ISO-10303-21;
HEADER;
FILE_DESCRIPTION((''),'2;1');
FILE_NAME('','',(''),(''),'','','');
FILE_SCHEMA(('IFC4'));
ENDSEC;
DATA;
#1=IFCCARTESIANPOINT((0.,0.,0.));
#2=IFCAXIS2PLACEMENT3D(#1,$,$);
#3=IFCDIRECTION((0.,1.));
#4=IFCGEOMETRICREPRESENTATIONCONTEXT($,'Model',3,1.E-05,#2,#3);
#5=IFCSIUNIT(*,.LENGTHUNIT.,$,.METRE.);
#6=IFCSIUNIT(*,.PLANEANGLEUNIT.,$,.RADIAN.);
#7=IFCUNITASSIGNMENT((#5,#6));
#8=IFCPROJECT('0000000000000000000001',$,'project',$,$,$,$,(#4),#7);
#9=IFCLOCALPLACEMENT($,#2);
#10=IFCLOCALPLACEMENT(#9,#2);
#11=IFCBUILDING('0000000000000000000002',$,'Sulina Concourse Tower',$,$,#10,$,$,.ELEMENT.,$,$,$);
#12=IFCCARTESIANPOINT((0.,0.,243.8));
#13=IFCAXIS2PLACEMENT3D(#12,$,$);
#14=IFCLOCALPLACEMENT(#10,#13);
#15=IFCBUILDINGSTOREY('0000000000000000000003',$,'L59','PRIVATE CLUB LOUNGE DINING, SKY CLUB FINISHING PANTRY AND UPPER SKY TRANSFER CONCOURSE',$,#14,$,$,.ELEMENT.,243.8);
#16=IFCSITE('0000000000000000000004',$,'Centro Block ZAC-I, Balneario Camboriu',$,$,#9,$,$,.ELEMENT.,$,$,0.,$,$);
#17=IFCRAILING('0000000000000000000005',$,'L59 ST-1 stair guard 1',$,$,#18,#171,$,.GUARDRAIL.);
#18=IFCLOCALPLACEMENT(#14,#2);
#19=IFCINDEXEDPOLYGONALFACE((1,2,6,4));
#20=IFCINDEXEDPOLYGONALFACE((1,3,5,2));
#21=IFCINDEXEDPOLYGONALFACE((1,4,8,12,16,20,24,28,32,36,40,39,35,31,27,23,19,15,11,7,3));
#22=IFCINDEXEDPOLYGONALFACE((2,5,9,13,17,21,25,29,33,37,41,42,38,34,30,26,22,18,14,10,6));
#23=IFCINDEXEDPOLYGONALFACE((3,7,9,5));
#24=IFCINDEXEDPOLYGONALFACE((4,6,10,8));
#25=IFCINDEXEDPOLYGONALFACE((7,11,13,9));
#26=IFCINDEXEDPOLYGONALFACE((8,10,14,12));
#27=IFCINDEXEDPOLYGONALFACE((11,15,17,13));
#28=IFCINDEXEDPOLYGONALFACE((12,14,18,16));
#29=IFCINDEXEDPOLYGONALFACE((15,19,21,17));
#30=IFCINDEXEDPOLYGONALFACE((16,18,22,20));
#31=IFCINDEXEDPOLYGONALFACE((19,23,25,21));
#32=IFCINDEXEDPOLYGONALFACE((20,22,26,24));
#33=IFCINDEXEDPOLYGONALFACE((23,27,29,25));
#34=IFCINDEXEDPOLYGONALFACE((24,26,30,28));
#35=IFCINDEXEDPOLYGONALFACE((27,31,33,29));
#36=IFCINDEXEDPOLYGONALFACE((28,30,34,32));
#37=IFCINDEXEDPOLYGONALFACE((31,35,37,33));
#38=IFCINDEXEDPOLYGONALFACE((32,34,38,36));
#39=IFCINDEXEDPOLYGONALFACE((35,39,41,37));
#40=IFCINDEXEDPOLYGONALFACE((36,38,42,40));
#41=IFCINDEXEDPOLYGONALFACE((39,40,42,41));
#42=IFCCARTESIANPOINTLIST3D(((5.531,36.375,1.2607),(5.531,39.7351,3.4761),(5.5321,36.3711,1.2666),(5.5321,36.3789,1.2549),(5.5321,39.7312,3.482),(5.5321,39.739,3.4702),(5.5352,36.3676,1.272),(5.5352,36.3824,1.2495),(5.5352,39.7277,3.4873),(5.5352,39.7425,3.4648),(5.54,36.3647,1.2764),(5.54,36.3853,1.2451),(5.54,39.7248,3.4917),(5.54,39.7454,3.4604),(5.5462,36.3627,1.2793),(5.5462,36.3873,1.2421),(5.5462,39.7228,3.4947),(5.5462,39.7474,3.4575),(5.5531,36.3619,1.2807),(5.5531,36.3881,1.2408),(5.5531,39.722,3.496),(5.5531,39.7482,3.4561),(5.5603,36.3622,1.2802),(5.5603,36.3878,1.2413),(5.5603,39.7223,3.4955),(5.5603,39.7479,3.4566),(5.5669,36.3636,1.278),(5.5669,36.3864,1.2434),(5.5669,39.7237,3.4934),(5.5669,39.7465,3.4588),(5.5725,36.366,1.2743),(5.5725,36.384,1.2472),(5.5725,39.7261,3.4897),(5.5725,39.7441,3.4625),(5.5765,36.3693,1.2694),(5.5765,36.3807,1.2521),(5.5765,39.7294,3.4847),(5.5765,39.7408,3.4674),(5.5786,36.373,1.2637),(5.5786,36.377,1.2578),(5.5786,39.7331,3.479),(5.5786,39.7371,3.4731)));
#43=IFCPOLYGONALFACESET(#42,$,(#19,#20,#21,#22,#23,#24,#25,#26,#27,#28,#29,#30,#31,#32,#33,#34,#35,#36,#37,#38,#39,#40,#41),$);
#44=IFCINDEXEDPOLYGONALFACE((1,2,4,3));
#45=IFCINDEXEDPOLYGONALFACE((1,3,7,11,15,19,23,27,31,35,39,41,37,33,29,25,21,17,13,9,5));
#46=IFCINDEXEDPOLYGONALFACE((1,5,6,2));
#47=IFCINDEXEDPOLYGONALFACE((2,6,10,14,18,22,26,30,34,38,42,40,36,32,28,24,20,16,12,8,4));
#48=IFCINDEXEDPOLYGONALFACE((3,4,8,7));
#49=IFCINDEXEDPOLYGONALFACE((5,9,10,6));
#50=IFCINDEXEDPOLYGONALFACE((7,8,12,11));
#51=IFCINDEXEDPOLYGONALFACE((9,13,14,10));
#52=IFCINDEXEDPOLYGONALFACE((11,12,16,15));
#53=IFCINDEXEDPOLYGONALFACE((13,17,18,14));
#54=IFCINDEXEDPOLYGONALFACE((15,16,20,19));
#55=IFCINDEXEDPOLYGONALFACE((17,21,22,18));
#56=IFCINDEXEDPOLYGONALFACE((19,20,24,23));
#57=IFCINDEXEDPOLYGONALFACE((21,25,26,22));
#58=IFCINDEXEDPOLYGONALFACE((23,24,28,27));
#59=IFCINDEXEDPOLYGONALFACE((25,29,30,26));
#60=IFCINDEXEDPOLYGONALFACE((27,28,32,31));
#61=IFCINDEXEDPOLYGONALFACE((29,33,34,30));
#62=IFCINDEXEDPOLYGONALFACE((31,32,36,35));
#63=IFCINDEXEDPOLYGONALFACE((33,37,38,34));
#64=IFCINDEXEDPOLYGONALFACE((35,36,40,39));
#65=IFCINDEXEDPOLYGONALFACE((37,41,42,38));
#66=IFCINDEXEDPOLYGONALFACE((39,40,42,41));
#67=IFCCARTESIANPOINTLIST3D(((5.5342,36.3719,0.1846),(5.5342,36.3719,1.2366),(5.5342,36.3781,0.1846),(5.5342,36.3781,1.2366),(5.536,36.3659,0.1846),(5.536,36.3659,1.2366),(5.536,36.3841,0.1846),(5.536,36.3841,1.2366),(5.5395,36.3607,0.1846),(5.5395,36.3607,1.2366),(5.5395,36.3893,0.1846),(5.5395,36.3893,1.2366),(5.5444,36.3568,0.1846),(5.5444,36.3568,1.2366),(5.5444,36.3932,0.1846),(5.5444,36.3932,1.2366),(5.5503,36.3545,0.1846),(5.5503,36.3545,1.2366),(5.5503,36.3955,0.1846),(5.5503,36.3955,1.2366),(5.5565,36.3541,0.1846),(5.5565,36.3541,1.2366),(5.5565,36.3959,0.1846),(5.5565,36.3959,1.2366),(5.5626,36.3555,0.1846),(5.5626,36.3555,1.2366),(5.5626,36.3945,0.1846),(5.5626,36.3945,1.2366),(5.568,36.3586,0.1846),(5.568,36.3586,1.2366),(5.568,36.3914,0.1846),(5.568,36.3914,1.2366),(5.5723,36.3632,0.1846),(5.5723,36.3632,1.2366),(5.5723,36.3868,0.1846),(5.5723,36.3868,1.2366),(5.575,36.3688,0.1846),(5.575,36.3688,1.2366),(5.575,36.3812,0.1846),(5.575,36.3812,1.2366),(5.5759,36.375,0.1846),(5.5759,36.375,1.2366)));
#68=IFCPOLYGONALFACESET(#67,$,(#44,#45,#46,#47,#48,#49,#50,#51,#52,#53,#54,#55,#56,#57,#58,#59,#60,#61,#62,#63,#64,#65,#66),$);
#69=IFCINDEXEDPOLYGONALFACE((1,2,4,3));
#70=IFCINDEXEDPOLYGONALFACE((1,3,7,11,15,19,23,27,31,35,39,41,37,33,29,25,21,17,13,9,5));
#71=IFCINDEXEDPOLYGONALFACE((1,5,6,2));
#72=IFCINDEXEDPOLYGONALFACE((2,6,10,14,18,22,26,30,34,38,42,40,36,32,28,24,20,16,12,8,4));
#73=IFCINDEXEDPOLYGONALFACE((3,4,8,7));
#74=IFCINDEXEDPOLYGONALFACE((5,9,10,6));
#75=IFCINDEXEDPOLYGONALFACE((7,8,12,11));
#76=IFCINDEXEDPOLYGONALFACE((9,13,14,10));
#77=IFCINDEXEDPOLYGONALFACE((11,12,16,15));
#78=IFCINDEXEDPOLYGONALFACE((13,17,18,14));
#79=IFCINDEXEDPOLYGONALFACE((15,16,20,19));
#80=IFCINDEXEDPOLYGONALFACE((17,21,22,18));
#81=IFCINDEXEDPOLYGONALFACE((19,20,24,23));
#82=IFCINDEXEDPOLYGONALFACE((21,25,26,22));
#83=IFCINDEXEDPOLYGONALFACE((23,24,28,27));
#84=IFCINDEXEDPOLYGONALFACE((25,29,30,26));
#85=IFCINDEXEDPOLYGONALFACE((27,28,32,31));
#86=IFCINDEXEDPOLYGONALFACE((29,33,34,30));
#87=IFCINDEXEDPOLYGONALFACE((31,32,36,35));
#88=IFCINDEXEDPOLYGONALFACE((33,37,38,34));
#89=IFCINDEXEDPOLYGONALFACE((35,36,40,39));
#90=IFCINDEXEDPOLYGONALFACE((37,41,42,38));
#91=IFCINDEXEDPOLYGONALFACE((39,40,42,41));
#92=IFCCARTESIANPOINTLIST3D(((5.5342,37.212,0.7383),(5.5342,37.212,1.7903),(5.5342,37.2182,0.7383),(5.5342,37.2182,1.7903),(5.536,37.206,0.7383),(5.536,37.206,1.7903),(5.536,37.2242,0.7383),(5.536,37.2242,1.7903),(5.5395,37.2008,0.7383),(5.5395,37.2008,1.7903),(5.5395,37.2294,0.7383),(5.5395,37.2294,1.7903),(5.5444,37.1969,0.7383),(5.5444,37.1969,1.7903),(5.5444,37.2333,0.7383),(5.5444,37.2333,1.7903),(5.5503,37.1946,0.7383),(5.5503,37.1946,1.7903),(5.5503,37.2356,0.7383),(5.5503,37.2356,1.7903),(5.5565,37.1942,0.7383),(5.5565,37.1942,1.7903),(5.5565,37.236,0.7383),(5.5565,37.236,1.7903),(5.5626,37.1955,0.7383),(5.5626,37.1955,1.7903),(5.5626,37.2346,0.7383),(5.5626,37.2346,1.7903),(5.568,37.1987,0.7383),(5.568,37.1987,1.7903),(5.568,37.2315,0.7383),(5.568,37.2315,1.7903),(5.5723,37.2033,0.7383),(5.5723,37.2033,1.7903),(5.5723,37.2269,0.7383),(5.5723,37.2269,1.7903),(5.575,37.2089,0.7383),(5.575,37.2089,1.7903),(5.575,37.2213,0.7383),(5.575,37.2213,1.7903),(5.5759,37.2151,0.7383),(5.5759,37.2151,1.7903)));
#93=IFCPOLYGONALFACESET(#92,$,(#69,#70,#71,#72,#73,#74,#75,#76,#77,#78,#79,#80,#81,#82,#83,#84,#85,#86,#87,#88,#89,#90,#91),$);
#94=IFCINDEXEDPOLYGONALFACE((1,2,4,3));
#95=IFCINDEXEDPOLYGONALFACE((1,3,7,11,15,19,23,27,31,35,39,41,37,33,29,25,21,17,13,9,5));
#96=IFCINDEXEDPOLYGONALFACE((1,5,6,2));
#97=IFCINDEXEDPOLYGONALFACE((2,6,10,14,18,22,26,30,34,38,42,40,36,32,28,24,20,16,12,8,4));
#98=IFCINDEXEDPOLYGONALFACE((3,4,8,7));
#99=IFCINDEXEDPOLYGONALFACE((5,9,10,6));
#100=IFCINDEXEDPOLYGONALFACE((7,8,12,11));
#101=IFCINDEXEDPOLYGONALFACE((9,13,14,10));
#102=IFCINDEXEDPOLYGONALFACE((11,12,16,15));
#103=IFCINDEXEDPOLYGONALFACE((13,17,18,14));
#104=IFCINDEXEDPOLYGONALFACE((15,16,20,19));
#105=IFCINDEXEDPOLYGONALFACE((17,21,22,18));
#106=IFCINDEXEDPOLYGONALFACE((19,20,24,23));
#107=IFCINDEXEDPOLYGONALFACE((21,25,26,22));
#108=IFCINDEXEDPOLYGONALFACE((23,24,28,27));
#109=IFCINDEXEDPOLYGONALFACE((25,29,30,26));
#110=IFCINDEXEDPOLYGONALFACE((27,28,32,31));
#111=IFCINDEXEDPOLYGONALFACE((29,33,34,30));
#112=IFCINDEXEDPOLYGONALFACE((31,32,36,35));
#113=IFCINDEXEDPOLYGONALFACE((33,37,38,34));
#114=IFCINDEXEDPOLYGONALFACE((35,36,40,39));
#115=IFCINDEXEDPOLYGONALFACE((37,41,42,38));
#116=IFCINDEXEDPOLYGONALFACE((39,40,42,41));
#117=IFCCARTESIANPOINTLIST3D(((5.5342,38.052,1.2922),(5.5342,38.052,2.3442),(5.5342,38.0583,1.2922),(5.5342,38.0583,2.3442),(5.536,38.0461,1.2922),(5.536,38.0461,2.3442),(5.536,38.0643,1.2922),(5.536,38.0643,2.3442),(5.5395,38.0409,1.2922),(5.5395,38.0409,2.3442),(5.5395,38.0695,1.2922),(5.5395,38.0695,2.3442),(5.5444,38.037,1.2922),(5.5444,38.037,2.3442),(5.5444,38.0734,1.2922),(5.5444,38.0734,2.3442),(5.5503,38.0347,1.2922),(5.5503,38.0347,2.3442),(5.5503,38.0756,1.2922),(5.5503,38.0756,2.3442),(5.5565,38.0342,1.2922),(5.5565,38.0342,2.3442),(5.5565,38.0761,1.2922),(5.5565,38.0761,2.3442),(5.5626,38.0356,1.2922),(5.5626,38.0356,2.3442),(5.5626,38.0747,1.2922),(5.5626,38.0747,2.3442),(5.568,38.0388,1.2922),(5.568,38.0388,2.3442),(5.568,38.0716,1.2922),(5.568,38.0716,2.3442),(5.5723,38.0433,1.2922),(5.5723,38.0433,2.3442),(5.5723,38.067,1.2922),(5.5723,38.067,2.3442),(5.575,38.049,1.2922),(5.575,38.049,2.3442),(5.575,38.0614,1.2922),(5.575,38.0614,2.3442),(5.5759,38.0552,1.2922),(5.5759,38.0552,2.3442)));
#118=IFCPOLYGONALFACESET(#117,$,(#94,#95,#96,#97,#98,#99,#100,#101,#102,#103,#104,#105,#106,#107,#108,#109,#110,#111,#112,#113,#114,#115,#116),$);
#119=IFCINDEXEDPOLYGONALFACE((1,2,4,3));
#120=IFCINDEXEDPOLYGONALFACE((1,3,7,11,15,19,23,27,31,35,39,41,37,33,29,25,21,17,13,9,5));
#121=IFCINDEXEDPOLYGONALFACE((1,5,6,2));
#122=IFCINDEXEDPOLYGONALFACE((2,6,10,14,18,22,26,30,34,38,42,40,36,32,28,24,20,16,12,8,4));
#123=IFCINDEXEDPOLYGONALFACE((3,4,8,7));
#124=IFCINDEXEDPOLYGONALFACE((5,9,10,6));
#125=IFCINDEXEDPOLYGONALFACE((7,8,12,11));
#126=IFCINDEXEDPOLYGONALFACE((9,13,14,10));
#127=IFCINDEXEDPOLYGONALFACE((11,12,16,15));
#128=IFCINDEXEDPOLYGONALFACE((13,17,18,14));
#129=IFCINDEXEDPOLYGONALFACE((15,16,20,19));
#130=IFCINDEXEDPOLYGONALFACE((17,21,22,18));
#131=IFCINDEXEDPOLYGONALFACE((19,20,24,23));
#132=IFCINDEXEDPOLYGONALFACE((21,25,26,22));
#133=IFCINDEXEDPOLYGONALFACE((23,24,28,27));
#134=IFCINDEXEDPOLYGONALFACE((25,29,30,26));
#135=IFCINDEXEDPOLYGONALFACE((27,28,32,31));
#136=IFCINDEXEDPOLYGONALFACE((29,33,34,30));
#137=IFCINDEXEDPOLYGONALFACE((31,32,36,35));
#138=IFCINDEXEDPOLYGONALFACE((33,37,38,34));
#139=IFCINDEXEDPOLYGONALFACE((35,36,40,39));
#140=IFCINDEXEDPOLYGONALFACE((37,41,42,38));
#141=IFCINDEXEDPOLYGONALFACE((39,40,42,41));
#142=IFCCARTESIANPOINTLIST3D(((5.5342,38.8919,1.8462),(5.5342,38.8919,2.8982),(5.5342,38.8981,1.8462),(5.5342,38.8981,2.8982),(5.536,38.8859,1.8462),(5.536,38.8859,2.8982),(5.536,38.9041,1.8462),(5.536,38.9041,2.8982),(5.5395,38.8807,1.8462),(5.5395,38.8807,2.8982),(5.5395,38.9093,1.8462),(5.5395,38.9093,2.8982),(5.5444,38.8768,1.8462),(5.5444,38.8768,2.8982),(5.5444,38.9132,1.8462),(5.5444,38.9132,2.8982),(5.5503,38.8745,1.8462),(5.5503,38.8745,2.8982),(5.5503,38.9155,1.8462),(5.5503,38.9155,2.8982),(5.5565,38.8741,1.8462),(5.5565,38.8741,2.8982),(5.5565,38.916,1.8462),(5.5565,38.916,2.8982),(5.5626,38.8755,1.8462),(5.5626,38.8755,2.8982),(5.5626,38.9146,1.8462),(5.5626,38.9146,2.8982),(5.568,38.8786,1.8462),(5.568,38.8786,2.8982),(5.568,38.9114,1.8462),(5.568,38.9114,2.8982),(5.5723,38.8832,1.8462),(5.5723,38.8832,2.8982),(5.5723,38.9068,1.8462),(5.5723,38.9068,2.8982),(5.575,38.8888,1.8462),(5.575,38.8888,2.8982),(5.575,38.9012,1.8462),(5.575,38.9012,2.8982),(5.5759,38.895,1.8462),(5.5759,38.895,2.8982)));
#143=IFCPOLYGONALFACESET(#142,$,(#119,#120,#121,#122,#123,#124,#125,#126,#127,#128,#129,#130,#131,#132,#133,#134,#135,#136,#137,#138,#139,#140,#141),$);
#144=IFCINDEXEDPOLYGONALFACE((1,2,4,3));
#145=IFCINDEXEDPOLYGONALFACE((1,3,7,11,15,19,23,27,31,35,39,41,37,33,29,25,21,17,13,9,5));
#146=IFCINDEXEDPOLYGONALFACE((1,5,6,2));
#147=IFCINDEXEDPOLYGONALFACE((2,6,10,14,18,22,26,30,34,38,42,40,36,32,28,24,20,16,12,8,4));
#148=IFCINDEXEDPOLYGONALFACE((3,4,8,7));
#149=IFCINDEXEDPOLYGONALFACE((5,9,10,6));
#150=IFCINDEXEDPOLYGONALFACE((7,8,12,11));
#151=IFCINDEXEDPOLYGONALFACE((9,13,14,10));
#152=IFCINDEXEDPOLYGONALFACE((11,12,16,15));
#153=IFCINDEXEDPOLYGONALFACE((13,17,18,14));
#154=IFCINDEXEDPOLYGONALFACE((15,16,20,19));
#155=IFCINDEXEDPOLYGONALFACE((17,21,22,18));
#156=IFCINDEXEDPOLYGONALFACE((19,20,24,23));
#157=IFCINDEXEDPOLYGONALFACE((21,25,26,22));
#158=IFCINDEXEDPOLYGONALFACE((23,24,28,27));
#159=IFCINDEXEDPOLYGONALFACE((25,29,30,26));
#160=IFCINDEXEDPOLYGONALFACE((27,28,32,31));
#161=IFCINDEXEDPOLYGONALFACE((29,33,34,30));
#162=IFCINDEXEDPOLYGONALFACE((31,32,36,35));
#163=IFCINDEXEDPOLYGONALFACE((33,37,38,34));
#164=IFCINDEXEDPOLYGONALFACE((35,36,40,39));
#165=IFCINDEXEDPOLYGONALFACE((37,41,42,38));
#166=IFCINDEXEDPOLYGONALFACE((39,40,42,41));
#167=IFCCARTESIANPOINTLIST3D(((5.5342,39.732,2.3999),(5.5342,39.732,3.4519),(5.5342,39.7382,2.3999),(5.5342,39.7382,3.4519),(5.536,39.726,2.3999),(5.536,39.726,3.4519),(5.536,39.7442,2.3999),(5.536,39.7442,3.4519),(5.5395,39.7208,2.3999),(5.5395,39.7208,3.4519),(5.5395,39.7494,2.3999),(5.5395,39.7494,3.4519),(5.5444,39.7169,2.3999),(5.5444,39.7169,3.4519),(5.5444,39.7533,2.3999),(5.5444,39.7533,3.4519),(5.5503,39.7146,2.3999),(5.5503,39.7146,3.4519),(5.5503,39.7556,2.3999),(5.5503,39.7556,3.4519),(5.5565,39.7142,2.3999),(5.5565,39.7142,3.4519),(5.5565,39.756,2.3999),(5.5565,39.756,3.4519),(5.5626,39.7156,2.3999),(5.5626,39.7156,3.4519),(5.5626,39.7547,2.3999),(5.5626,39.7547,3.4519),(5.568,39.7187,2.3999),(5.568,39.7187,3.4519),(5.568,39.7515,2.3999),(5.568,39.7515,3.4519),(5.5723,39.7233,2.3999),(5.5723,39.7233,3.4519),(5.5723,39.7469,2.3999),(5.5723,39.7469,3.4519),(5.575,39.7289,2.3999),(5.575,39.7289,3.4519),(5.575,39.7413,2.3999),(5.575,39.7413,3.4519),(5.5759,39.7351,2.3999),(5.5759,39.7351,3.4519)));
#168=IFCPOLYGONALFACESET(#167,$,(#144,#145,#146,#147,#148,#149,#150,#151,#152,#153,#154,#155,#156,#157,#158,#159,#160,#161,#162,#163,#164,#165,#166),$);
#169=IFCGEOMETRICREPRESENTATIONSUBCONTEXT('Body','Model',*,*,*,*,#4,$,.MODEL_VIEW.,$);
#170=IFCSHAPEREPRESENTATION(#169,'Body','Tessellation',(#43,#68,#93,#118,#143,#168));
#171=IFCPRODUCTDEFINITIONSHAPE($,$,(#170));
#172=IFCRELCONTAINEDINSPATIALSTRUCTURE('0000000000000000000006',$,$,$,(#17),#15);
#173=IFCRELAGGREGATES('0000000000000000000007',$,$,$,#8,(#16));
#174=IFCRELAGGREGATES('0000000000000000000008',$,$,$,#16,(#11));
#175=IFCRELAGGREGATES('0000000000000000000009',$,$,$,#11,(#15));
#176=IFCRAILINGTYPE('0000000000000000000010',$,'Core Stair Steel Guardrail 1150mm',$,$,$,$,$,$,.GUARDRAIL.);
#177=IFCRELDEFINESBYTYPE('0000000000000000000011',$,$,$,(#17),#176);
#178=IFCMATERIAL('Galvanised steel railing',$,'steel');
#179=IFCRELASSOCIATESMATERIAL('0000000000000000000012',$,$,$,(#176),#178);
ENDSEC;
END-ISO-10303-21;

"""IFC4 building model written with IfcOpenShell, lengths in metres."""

from ifc_helpers import new_model, si_unit, direction, frame, origin, origin_2d, place, context, subcontext, project, spatial, circle, extrude, material, type_object, element, save


model = new_model("IFC4")

# Units and contexts
model_context = context("Model", 3, precision=1e-05, world=origin(), true_north=direction((0.0, 1.0)))
body_context = subcontext(model_context, "Body", "Model", "MODEL_VIEW")
ifc_project = project(units=[si_unit("LENGTHUNIT", "METRE"), si_unit("PLANEANGLEUNIT", "RADIAN")], contexts=[model_context])

# Site, building, storey
site_placement = place(None, origin())
site = spatial("IfcSite", under=ifc_project, at=site_placement, Name="Centro Block ZAC-I, Balneario Camboriu", CompositionType="ELEMENT", RefElevation=0.0)
building_placement = place(site_placement, origin())
building = spatial("IfcBuilding", under=site, at=building_placement, Name="Sulina Concourse Tower", CompositionType="ELEMENT")
storey_placement = place(building_placement, frame((0.0, 0.0, 243.8)))
storey = spatial("IfcBuildingStorey", under=building, at=storey_placement, Name="L59", Description="PRIVATE CLUB LOUNGE DINING, SKY CLUB FINISHING PANTRY AND UPPER SKY TRANSFER CONCOURSE", CompositionType="ELEMENT", Elevation=243.8)

# Railing
ifc_material_1 = material(Name="Galvanised steel railing", Category="steel")
railing_type_1 = type_object("IfcRailingType", Name="Core Stair Steel Guardrail 1150mm", PredefinedType="GUARDRAIL", material=ifc_material_1)
railing_1_placement = place(storey_placement, frame((5.5549, 36.375, 0.1846)))
element("IfcRailing", 1, at=railing_1_placement, inside=storey, type_object=railing_type_1, Name="L59 ST-1 stair guard 1", PredefinedType="GUARDRAIL", context=body_context, shape_type="SweptSolid", body=[
    extrude(circle(Radius=0.0239, at=origin_2d()), frame((0.0, 0.0, 1.0762), z_axis=(0.0, 0.834876, 0.550437), x_axis=(-1.0, 0.0, 0.0)), (0.0, 0.0, 1.0), 4.0247),
    extrude(circle(Radius=0.021, at=origin_2d()), origin(), (0.0, 0.0, 1.0), 1.052),
    extrude(circle(Radius=0.021, at=origin_2d()), frame((0.0, 0.8401, 0.5537)), (0.0, 0.0, 1.0), 1.052),
    extrude(circle(Radius=0.021, at=origin_2d()), frame((0.0, 1.6802, 1.1077)), (0.0, 0.0, 1.0), 1.052),
    extrude(circle(Radius=0.021, at=origin_2d()), frame((0.0, 2.52, 1.6616)), (0.0, 0.0, 1.0), 1.052),
    extrude(circle(Radius=0.021, at=origin_2d()), frame((0.0, 3.3601, 2.2153)), (0.0, 0.0, 1.0), 1.052),
])

save(model, "model.ifc")
